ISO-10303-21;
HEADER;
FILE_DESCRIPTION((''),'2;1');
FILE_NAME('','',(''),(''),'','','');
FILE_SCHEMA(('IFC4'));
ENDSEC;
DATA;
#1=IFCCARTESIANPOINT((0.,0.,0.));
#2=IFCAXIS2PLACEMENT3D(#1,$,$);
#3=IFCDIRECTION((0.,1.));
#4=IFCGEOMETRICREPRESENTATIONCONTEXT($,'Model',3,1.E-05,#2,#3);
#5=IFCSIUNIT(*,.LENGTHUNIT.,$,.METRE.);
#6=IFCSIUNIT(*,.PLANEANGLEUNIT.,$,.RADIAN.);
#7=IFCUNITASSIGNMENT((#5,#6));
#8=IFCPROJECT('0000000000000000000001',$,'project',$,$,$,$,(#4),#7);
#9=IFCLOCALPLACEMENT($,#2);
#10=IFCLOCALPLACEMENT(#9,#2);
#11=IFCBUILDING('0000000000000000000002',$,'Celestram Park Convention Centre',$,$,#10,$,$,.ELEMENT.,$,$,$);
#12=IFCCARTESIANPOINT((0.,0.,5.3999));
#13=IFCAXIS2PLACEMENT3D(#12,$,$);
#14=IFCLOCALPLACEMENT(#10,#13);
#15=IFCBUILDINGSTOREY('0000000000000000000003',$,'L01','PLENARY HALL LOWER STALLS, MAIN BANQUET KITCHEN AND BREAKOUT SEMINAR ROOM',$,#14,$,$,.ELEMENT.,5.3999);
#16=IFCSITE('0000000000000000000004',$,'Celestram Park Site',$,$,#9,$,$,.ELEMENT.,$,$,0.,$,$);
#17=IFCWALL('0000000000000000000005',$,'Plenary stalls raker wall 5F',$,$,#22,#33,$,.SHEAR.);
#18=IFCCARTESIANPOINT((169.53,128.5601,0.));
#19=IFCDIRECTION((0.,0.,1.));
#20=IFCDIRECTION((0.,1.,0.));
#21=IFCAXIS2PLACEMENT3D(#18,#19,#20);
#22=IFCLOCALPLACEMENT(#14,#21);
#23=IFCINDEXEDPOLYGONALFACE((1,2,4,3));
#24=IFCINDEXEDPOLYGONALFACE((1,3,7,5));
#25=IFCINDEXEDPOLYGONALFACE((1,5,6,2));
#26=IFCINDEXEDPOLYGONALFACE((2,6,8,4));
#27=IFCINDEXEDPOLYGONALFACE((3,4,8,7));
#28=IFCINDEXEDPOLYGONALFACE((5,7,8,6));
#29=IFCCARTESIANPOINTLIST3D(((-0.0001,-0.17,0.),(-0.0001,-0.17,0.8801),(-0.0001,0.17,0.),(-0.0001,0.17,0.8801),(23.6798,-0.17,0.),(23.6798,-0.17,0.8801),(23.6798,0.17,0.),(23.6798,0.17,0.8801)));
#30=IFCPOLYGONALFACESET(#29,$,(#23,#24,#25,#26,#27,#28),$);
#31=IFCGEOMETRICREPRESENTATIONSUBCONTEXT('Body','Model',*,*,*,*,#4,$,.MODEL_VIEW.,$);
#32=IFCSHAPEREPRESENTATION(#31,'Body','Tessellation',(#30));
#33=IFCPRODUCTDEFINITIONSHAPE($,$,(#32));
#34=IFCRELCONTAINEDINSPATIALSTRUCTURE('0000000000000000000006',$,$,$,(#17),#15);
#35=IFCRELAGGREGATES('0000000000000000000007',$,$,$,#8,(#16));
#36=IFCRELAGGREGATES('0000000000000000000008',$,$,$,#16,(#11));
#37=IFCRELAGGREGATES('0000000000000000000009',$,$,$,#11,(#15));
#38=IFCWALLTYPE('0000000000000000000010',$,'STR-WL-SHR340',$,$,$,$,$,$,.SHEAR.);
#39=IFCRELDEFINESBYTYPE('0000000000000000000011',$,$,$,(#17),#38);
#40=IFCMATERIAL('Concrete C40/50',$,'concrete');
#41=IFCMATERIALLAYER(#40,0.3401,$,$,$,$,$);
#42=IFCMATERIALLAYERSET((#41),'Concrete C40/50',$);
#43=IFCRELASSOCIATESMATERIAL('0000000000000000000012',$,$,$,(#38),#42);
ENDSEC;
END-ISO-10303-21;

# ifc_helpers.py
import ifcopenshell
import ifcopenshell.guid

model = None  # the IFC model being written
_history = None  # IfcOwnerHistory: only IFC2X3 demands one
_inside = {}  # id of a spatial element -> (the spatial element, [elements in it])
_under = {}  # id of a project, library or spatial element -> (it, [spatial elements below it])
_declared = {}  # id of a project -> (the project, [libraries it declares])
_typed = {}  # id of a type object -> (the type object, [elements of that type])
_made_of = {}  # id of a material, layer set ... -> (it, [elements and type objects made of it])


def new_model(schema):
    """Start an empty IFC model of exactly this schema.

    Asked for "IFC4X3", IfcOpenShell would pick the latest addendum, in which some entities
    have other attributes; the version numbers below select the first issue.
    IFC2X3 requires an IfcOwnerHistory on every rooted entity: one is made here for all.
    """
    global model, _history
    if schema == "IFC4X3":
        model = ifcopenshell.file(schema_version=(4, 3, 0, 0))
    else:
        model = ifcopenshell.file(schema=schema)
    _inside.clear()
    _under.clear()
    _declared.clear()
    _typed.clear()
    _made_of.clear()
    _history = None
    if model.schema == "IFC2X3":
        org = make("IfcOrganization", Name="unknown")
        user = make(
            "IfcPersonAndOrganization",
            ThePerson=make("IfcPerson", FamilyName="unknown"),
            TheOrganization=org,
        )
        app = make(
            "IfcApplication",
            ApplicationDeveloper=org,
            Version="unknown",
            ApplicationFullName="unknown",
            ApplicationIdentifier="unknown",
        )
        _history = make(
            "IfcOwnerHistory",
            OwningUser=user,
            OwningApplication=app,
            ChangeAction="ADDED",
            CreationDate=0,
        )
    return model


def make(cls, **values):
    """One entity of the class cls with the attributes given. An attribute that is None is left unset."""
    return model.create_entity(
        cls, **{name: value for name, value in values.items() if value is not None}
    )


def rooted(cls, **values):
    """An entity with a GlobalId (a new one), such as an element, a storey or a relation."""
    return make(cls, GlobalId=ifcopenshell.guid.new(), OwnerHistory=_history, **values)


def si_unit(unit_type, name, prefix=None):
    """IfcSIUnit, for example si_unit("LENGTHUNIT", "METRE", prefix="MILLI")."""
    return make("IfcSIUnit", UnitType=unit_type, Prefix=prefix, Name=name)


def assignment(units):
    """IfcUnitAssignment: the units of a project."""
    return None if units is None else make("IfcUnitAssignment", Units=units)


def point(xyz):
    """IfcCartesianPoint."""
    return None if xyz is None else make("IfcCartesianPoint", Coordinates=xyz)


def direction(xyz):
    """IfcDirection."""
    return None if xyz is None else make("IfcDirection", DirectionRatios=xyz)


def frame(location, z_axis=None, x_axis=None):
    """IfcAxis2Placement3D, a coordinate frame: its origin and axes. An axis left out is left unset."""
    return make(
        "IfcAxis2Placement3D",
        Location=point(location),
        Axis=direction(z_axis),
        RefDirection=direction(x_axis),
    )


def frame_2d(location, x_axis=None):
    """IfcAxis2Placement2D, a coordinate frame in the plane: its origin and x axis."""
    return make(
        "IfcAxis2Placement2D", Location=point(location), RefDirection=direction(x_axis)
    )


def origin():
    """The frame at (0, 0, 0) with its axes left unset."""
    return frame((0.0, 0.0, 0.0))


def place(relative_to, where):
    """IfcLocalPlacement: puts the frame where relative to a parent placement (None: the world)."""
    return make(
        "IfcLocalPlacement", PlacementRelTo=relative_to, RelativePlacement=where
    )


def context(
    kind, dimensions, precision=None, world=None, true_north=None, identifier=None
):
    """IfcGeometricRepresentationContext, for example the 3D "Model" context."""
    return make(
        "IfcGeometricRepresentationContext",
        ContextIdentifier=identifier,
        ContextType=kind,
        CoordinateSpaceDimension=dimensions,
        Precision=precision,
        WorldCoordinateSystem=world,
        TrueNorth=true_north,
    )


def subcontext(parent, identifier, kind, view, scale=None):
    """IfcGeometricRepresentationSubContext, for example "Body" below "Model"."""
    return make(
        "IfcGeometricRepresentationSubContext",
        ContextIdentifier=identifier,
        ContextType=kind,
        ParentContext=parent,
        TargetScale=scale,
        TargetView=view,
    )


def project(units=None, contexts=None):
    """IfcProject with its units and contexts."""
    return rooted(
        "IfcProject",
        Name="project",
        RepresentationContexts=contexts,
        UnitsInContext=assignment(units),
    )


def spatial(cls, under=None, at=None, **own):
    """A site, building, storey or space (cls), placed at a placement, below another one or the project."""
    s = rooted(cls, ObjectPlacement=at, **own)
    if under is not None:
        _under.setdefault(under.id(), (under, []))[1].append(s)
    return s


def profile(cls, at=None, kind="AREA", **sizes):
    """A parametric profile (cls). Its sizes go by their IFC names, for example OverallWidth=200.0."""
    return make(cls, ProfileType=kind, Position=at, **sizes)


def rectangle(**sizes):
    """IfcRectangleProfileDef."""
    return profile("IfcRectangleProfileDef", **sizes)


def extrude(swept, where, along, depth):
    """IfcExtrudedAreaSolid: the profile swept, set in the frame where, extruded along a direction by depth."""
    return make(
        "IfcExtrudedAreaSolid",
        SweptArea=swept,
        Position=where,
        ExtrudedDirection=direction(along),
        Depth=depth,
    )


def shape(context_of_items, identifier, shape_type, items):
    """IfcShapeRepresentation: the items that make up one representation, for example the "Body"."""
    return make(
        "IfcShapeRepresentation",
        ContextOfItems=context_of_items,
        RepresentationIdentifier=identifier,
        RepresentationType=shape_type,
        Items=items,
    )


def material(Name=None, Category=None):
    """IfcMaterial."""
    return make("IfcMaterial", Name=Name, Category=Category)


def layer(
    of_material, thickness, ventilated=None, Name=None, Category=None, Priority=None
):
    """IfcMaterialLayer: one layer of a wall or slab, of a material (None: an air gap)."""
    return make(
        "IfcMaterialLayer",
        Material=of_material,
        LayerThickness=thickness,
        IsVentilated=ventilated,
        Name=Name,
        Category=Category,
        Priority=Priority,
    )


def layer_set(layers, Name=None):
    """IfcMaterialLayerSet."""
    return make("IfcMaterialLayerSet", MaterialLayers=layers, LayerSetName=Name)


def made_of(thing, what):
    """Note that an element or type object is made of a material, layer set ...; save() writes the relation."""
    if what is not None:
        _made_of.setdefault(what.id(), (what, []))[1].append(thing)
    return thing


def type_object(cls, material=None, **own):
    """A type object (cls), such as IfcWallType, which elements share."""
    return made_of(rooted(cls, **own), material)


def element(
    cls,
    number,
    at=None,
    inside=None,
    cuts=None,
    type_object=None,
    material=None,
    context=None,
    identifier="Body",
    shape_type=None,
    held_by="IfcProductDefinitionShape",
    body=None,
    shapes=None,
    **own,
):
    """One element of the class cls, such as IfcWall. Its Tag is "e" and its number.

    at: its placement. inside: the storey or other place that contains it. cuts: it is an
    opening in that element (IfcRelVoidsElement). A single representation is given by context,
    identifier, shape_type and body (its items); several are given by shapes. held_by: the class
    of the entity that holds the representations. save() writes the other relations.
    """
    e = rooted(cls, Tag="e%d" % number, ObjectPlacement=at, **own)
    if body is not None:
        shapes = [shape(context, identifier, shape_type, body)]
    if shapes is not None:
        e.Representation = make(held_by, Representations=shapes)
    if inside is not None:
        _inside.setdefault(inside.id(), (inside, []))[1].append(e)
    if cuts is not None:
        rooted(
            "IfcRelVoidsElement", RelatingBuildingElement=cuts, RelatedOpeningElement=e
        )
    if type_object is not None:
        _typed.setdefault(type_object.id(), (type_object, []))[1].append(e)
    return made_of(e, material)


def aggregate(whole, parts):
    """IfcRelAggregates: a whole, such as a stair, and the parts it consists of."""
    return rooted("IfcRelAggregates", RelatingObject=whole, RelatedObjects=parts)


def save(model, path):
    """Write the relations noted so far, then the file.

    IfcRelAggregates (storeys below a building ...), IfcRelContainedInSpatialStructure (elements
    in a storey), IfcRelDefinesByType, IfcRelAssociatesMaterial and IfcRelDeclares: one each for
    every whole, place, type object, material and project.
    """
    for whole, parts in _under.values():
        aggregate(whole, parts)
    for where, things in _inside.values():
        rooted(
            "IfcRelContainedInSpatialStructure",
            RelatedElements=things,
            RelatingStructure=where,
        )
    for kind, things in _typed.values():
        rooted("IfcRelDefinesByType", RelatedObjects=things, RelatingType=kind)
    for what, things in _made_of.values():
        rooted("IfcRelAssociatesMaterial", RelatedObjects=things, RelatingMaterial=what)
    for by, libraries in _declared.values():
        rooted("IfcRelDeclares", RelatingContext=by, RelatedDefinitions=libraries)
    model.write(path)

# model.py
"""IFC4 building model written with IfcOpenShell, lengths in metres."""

from ifc_helpers import new_model, si_unit, direction, frame, frame_2d, origin, place, context, subcontext, project, spatial, rectangle, extrude, material, layer, layer_set, type_object, element, save


model = new_model("IFC4")

# Units and contexts
model_context = context("Model", 3, precision=1e-05, world=origin(), true_north=direction((0.0, 1.0)))
body_context = subcontext(model_context, "Body", "Model", "MODEL_VIEW")
ifc_project = project(units=[si_unit("LENGTHUNIT", "METRE"), si_unit("PLANEANGLEUNIT", "RADIAN")], contexts=[model_context])

# Site, building, storey
site_placement = place(None, origin())
site = spatial("IfcSite", under=ifc_project, at=site_placement, Name="Celestram Park Site", CompositionType="ELEMENT", RefElevation=0.0)
building_placement = place(site_placement, origin())
building = spatial("IfcBuilding", under=site, at=building_placement, Name="Celestram Park Convention Centre", CompositionType="ELEMENT")
storey_placement = place(building_placement, frame((0.0, 0.0, 5.3999)))
storey = spatial("IfcBuildingStorey", under=building, at=storey_placement, Name="L01", Description="PLENARY HALL LOWER STALLS, MAIN BANQUET KITCHEN AND BREAKOUT SEMINAR ROOM", CompositionType="ELEMENT", Elevation=5.3999)

# Wall
ifc_material_1 = material(Name="Concrete C40/50", Category="concrete")
ifc_layer_1 = layer(ifc_material_1, 0.3401)
ifc_layer_set_1 = layer_set([ifc_layer_1], Name="Concrete C40/50")
wall_type_1 = type_object("IfcWallType", Name="STR-WL-SHR340", PredefinedType="SHEAR", material=ifc_layer_set_1)
wall_1_placement = place(storey_placement, frame((169.53, 128.5601, 0.0), z_axis=(0.0, 0.0, 1.0), x_axis=(0.0, 1.0, 0.0)))
element("IfcWall", 1, at=wall_1_placement, inside=storey, type_object=wall_type_1, Name="Plenary stalls raker wall 5F", PredefinedType="SHEAR", context=body_context, shape_type="SweptSolid", body=[
    extrude(rectangle(XDim=23.6799, YDim=0.3401, at=frame_2d((11.8398, 0.0))), origin(), (0.0, 0.0, 1.0), 0.8801),
])

save(model, "model.ifc")
